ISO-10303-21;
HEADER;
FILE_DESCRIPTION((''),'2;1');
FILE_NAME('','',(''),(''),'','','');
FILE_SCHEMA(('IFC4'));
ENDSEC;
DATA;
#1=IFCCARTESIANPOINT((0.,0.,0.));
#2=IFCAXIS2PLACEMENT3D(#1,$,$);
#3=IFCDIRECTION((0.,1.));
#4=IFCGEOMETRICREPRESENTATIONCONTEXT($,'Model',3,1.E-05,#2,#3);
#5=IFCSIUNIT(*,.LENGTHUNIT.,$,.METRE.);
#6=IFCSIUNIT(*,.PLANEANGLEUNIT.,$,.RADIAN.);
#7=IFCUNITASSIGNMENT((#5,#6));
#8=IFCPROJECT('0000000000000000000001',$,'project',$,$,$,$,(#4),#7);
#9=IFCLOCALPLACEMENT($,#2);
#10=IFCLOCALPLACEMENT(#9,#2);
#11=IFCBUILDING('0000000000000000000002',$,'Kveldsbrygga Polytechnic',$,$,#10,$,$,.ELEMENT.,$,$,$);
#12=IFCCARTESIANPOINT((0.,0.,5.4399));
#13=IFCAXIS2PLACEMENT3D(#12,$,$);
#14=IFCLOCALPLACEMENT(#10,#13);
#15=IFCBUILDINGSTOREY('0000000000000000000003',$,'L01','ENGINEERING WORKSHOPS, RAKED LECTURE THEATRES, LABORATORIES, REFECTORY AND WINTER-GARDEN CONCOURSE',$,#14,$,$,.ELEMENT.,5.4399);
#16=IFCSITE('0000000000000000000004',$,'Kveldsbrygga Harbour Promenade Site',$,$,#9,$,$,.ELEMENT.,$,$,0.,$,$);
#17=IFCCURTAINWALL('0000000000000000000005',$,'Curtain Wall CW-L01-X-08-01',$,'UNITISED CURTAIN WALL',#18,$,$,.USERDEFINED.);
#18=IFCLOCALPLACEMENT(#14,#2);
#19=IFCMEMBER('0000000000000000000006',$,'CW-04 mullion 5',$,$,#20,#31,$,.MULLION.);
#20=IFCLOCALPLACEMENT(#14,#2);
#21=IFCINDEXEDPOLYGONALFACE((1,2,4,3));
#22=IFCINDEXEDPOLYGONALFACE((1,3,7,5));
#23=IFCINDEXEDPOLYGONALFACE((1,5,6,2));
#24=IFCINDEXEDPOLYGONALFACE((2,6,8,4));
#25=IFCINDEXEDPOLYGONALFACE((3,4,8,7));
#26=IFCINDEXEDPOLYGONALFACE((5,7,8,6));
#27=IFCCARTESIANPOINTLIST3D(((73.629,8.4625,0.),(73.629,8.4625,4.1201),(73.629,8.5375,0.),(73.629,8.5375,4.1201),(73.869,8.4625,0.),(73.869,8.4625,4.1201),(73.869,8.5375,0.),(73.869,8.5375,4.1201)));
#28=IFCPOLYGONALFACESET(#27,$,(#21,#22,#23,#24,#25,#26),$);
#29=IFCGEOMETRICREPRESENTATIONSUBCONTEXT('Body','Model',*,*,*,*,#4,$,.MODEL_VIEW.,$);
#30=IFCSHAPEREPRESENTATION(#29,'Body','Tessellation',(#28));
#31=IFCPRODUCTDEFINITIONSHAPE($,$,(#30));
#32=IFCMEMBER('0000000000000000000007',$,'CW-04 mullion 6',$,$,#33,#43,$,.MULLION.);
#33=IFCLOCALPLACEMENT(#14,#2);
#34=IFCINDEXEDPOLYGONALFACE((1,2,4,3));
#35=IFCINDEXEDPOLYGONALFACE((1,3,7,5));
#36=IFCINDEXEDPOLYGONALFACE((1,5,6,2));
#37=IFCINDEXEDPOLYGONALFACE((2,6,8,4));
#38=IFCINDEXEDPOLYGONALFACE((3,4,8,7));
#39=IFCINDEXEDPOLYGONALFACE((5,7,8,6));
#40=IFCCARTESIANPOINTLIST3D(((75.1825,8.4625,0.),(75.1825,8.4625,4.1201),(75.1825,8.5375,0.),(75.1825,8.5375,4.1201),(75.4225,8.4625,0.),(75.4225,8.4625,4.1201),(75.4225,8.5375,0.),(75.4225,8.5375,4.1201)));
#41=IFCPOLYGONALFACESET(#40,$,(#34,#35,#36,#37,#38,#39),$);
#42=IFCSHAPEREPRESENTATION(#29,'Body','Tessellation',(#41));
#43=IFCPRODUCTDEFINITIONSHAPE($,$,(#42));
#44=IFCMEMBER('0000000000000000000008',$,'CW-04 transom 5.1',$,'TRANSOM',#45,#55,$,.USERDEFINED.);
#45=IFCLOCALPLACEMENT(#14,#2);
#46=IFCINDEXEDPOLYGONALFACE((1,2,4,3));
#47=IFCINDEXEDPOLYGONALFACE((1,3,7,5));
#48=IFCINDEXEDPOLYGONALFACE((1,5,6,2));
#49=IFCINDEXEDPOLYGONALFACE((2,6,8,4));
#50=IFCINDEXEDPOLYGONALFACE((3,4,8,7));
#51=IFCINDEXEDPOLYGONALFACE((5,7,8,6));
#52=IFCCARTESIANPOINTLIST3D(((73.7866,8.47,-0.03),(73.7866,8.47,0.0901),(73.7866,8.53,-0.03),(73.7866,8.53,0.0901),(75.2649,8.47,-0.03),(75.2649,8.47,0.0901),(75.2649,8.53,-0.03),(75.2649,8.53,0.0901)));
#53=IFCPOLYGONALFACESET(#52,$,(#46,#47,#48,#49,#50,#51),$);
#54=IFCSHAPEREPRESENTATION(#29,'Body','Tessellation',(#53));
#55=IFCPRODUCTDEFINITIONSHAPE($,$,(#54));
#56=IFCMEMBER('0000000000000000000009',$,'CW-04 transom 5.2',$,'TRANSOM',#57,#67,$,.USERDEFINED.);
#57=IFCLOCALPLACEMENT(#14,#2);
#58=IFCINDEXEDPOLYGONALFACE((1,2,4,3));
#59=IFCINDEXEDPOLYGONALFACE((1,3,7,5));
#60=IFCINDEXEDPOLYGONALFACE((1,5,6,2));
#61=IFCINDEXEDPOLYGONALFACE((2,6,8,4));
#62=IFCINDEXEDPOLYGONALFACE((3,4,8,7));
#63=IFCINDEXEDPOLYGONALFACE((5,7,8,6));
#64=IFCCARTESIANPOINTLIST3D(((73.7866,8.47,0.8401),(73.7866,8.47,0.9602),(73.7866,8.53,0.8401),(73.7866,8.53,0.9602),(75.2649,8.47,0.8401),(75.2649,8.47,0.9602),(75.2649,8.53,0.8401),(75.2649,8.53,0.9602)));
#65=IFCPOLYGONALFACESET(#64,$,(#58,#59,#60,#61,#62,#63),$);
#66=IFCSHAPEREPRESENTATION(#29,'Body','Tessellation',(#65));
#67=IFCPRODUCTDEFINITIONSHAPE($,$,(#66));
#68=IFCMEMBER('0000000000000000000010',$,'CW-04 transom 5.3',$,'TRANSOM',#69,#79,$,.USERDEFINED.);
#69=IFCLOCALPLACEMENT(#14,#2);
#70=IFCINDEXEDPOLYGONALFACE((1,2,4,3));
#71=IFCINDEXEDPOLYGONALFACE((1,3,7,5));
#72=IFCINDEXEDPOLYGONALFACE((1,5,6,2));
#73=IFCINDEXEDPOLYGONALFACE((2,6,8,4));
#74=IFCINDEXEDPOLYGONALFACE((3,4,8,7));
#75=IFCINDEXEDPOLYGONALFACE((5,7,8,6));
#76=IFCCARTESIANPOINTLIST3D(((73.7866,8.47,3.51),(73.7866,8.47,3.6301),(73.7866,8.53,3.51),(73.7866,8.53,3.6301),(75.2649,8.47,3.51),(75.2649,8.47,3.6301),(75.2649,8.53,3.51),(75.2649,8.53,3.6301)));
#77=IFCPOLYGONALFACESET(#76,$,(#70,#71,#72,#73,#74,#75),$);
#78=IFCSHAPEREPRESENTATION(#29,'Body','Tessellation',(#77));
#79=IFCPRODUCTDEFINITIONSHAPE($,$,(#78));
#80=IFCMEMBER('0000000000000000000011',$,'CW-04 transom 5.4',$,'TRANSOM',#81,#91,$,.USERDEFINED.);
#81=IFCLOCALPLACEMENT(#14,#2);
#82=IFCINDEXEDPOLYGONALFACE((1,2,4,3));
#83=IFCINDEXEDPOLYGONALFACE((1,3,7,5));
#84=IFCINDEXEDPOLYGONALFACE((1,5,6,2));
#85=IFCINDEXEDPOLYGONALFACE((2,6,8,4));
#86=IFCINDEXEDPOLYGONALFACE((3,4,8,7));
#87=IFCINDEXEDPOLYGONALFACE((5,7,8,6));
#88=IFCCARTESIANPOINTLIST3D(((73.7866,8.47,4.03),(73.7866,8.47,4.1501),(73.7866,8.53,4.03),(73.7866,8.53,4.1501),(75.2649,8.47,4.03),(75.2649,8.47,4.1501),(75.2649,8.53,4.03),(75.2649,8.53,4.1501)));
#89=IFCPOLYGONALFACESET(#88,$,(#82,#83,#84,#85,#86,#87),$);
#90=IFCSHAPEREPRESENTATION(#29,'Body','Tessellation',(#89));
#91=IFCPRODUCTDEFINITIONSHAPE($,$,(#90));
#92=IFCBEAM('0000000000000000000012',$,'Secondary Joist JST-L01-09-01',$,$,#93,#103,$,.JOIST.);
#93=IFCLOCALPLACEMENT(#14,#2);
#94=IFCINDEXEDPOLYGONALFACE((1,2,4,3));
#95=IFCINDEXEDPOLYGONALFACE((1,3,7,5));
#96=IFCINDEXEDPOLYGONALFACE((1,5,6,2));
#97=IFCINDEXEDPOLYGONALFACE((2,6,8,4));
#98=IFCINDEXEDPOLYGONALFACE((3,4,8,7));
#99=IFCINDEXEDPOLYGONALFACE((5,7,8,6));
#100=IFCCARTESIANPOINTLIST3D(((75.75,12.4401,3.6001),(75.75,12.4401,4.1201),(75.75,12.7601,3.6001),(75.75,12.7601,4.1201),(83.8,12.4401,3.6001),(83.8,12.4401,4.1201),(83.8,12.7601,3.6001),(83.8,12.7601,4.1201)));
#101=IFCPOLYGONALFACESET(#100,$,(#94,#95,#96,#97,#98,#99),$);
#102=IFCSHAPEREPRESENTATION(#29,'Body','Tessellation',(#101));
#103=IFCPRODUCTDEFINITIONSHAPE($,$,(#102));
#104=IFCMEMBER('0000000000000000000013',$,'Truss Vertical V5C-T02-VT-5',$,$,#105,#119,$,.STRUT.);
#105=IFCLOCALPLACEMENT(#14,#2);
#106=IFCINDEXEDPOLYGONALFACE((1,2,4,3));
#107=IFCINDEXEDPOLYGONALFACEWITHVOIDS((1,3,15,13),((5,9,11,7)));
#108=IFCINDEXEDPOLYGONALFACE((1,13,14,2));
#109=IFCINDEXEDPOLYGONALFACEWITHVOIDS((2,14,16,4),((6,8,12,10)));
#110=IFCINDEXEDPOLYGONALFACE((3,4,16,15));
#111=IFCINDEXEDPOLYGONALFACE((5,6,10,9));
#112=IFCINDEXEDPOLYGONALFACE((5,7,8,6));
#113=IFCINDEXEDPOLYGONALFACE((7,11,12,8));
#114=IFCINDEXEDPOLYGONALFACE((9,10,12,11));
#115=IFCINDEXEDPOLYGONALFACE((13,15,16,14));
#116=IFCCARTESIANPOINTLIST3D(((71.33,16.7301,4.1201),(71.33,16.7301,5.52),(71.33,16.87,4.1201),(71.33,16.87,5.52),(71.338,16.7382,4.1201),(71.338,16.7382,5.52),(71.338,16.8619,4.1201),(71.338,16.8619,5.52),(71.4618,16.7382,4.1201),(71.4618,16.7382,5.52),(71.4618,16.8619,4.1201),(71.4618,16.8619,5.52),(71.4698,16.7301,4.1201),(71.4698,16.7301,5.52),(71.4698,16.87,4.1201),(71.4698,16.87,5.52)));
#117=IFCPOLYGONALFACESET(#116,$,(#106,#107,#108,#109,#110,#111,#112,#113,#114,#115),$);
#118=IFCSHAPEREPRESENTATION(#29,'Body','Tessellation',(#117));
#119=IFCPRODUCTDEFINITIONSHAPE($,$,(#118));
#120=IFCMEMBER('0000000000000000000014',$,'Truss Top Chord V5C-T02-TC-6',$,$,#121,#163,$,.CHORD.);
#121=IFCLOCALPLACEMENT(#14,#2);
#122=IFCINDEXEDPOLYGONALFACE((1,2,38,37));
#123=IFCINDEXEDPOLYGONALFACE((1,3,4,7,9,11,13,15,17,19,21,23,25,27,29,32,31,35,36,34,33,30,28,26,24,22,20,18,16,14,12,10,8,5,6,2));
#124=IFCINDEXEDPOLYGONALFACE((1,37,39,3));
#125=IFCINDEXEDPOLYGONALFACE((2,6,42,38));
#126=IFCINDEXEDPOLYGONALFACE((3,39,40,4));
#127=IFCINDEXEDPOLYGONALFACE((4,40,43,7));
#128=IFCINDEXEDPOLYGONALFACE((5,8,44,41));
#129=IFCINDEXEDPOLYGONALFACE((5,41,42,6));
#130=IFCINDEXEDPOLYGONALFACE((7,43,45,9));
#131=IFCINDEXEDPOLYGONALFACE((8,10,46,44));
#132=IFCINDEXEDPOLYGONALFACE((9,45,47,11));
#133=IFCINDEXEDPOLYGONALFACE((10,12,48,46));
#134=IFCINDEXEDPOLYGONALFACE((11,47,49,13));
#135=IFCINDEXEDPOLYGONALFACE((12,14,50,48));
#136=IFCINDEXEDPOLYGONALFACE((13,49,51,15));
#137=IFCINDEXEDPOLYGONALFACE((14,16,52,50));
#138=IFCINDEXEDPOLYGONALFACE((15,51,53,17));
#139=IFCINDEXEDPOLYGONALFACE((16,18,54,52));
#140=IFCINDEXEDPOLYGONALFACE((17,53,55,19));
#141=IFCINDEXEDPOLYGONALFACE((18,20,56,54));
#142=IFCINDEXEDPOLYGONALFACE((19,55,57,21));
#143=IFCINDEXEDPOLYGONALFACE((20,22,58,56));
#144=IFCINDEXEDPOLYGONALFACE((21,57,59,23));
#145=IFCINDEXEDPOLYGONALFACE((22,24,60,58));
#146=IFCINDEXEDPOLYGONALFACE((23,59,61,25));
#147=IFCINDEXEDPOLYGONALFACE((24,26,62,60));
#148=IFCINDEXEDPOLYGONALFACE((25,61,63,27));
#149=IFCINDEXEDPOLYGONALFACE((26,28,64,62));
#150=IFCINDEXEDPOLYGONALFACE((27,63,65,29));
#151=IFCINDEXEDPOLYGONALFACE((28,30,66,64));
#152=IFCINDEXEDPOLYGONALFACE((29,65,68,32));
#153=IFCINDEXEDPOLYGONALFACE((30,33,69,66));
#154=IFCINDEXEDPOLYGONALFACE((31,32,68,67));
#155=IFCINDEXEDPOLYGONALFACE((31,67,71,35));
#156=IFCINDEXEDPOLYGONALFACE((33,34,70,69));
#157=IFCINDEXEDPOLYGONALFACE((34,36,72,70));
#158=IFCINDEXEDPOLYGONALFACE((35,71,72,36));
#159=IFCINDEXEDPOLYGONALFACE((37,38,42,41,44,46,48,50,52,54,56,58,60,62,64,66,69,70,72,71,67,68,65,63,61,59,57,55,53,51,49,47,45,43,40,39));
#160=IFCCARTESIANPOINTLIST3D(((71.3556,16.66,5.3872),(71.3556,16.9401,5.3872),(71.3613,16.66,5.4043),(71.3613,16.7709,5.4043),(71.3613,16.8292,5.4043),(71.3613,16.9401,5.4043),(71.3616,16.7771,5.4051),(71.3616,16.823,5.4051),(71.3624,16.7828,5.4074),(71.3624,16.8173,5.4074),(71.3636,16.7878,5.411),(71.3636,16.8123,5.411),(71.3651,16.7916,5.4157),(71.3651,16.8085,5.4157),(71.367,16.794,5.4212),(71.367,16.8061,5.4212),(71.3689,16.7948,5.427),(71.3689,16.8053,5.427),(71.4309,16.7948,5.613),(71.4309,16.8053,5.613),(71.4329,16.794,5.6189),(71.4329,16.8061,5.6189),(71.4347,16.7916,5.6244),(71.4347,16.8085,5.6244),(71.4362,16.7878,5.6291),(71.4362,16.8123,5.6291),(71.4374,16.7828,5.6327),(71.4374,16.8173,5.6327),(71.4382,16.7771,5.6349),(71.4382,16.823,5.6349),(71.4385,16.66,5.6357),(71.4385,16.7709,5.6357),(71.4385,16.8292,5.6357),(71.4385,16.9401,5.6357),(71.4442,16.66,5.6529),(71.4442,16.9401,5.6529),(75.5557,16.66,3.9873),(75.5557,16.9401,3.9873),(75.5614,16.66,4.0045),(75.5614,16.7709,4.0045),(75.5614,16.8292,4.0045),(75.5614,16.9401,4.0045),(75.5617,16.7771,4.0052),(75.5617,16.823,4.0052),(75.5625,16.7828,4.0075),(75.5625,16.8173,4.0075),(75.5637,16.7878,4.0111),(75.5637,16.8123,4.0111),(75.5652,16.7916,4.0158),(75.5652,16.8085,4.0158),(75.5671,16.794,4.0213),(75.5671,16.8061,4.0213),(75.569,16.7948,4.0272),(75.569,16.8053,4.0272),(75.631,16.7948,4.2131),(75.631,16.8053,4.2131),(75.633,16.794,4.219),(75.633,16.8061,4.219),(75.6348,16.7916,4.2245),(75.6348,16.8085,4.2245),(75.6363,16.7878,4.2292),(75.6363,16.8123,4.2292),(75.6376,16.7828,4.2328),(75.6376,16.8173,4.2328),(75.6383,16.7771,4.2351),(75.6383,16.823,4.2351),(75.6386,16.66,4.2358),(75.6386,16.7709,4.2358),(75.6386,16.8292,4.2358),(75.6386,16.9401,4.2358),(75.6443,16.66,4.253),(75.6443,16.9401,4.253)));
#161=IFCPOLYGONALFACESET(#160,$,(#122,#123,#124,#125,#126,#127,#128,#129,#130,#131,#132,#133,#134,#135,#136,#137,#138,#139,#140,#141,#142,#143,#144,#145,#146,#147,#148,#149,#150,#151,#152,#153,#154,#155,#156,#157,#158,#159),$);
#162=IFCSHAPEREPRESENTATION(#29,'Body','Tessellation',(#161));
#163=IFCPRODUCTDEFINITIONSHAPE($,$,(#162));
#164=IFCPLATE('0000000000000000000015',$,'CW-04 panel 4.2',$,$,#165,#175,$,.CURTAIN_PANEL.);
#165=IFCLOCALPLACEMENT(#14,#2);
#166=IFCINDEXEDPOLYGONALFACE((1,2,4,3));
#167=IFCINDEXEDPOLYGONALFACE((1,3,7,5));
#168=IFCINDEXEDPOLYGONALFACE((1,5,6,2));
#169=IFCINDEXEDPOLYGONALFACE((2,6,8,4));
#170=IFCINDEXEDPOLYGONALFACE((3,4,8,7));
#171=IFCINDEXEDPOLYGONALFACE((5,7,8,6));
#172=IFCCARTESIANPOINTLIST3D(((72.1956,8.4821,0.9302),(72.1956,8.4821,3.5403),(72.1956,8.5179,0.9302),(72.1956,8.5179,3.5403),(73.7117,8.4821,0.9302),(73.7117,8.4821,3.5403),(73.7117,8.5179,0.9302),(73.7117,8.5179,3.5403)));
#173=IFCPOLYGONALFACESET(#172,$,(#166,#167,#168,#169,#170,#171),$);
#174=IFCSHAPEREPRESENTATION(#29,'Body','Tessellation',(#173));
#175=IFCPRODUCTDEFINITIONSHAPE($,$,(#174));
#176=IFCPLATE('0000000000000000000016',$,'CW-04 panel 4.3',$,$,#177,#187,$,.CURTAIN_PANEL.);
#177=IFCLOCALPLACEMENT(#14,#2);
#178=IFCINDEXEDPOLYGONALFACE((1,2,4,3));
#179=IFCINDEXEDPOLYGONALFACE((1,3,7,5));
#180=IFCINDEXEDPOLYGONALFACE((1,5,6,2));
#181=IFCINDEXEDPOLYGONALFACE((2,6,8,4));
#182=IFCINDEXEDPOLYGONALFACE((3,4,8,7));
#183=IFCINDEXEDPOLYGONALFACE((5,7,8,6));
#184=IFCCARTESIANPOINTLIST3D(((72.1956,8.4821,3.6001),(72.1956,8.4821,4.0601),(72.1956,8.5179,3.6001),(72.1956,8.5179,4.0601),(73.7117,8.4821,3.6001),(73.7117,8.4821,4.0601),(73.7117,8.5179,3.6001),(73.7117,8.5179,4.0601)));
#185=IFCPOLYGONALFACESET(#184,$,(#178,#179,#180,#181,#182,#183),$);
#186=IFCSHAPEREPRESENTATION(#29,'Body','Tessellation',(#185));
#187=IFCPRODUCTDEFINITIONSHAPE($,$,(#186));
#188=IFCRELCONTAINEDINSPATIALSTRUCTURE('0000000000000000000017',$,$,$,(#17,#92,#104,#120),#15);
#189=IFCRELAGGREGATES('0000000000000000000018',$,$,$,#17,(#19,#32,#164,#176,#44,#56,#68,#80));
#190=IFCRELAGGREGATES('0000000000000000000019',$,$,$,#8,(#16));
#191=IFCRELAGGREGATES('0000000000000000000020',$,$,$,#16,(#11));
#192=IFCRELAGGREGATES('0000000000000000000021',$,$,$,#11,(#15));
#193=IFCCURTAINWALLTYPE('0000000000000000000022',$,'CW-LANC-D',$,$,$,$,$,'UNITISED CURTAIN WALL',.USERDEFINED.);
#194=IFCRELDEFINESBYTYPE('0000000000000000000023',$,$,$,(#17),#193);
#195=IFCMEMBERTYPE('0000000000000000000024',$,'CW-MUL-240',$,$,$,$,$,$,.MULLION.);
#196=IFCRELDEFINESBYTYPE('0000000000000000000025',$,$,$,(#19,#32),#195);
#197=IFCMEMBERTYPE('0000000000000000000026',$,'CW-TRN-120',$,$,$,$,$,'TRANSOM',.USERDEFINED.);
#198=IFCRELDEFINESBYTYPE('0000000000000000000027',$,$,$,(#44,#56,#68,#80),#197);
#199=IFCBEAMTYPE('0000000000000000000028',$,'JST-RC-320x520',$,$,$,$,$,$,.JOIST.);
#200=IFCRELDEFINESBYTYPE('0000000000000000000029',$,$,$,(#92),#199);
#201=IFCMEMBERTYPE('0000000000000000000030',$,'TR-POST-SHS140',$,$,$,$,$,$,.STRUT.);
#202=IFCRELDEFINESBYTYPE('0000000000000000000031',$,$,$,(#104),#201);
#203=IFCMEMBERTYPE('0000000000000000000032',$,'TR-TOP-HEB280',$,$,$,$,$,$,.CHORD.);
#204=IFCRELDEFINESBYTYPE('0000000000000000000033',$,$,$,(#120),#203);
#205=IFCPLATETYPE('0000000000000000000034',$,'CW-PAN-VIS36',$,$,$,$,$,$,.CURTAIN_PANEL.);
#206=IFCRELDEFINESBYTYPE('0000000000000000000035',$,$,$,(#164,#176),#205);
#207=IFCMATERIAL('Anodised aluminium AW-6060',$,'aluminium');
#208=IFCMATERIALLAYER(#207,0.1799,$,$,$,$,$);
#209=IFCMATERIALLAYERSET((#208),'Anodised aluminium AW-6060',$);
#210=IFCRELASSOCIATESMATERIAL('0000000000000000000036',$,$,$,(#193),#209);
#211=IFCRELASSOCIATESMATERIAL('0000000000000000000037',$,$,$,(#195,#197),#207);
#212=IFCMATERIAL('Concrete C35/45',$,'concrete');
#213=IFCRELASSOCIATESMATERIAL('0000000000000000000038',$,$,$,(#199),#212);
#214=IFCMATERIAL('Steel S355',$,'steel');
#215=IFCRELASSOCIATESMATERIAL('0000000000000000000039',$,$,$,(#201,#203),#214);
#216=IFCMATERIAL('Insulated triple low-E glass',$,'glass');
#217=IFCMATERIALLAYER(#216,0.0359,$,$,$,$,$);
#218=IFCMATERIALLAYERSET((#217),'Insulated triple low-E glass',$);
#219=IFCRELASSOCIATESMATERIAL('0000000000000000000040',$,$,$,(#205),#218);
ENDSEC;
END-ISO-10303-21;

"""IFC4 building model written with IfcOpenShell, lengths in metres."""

from ifc_helpers import new_model, si_unit, direction, frame, origin, origin_2d, place, context, subcontext, project, spatial, rectangle, hollow_rectangle, i_section, extrude, material, layer, layer_set, material_profile, profile_set, type_object, element, aggregate, save


model = new_model("IFC4")

# Units and contexts
model_context = context("Model", 3, precision=1e-05, world=origin(), true_north=direction((0.0, 1.0)))
body_context = subcontext(model_context, "Body", "Model", "MODEL_VIEW")
ifc_project = project(units=[si_unit("LENGTHUNIT", "METRE"), si_unit("PLANEANGLEUNIT", "RADIAN")], contexts=[model_context])

# Site, building, storey
site_placement = place(None, origin())
site = spatial("IfcSite", under=ifc_project, at=site_placement, Name="Kveldsbrygga Harbour Promenade Site", CompositionType="ELEMENT", RefElevation=0.0)
building_placement = place(site_placement, origin())
building = spatial("IfcBuilding", under=site, at=building_placement, Name="Kveldsbrygga Polytechnic", CompositionType="ELEMENT")
storey_placement = place(building_placement, frame((0.0, 0.0, 5.4399)))
storey = spatial("IfcBuildingStorey", under=building, at=storey_placement, Name="L01", Description="ENGINEERING WORKSHOPS, RAKED LECTURE THEATRES, LABORATORIES, REFECTORY AND WINTER-GARDEN CONCOURSE", CompositionType="ELEMENT", Elevation=5.4399)

# Curtain wall, members
ifc_material_1 = material(Name="Anodised aluminium AW-6060", Category="aluminium")
ifc_layer_1 = layer(ifc_material_1, 0.1799)
ifc_layer_set_1 = layer_set([ifc_layer_1], Name="Anodised aluminium AW-6060")
curtain_wall_type = type_object("IfcCurtainWallType", Name="CW-LANC-D", ElementType="UNITISED CURTAIN WALL", PredefinedType="USERDEFINED", material=ifc_layer_set_1)
curtain_wall_placement = place(storey_placement, origin())
curtain_wall = element("IfcCurtainWall", 1, at=curtain_wall_placement, inside=storey, type_object=curtain_wall_type, Name="Curtain Wall CW-L01-X-08-01", ObjectType="UNITISED CURTAIN WALL", PredefinedType="USERDEFINED")
ifc_material_profile_1 = material_profile(ifc_material_1, rectangle(XDim=0.075, YDim=0.24, at=origin_2d()), Name="ALU 75x240")
ifc_profile_set_1 = profile_set([ifc_material_profile_1], Name="Anodised aluminium AW-6060")
member_type_1 = type_object("IfcMemberType", Name="CW-MUL-240", PredefinedType="MULLION", material=ifc_profile_set_1)
member_1_placement = place(storey_placement, frame((73.749, 8.5, 0.0), z_axis=(0.0, 0.0, 1.0), x_axis=(0.0, 1.0, 0.0)))
member_1 = element("IfcMember", 2, at=member_1_placement, type_object=member_type_1, Name="CW-04 mullion 5", PredefinedType="MULLION", context=body_context, shape_type="SweptSolid", body=[
    extrude(rectangle(XDim=0.075, YDim=0.24, at=origin_2d()), origin(), (0.0, 0.0, 1.0), 4.1201),
])
member_2_placement = place(storey_placement, frame((75.3025, 8.5, 0.0), z_axis=(0.0, 0.0, 1.0), x_axis=(0.0, 1.0, 0.0)))
member_2 = element("IfcMember", 3, at=member_2_placement, type_object=member_type_1, Name="CW-04 mullion 6", PredefinedType="MULLION", context=body_context, shape_type="SweptSolid", body=[
    extrude(rectangle(XDim=0.075, YDim=0.24, at=origin_2d()), origin(), (0.0, 0.0, 1.0), 4.1201),
])
ifc_material_profile_2 = material_profile(ifc_material_1, rectangle(XDim=0.0601, YDim=0.1201, at=origin_2d()), Name="ALU 60x120")
ifc_profile_set_2 = profile_set([ifc_material_profile_2], Name="Anodised aluminium AW-6060")
member_type_2 = type_object("IfcMemberType", Name="CW-TRN-120", ElementType="TRANSOM", PredefinedType="USERDEFINED", material=ifc_profile_set_2)
member_3_placement = place(storey_placement, frame((73.7866, 8.5, 0.03), z_axis=(1.0, 0.0, 0.0), x_axis=(0.0, 1.0, 0.0)))
member_3 = element("IfcMember", 4, at=member_3_placement, type_object=member_type_2, Name="CW-04 transom 5.1", ObjectType="TRANSOM", PredefinedType="USERDEFINED", context=body_context, shape_type="SweptSolid", body=[
    extrude(rectangle(XDim=0.0601, YDim=0.1201, at=origin_2d()), origin(), (0.0, 0.0, 1.0), 1.4783),
])
member_4_placement = place(storey_placement, frame((73.7866, 8.5, 0.9001), z_axis=(1.0, 0.0, 0.0), x_axis=(0.0, 1.0, 0.0)))
member_4 = element("IfcMember", 5, at=member_4_placement, type_object=member_type_2, Name="CW-04 transom 5.2", ObjectType="TRANSOM", PredefinedType="USERDEFINED", context=body_context, shape_type="SweptSolid", body=[
    extrude(rectangle(XDim=0.0601, YDim=0.1201, at=origin_2d()), origin(), (0.0, 0.0, 1.0), 1.4783),
])
member_5_placement = place(storey_placement, frame((73.7866, 8.5, 3.5701), z_axis=(1.0, 0.0, 0.0), x_axis=(0.0, 1.0, 0.0)))
member_5 = element("IfcMember", 6, at=member_5_placement, type_object=member_type_2, Name="CW-04 transom 5.3", ObjectType="TRANSOM", PredefinedType="USERDEFINED", context=body_context, shape_type="SweptSolid", body=[
    extrude(rectangle(XDim=0.0601, YDim=0.1201, at=origin_2d()), origin(), (0.0, 0.0, 1.0), 1.4783),
])
member_6_placement = place(storey_placement, frame((73.7866, 8.5, 4.0901), z_axis=(1.0, 0.0, 0.0), x_axis=(0.0, 1.0, 0.0)))
member_6 = element("IfcMember", 7, at=member_6_placement, type_object=member_type_2, Name="CW-04 transom 5.4", ObjectType="TRANSOM", PredefinedType="USERDEFINED", context=body_context, shape_type="SweptSolid", body=[
    extrude(rectangle(XDim=0.0601, YDim=0.1201, at=origin_2d()), origin(), (0.0, 0.0, 1.0), 1.4783),
])

# Beam
ifc_material_2 = material(Name="Concrete C35/45", Category="concrete")
ifc_material_profile_3 = material_profile(ifc_material_2, rectangle(XDim=0.3201, YDim=0.52, at=origin_2d()), Name="RC 320x520")
ifc_profile_set_3 = profile_set([ifc_material_profile_3], Name="Concrete C35/45")
beam_type = type_object("IfcBeamType", Name="JST-RC-320x520", PredefinedType="JOIST", material=ifc_profile_set_3)
beam_placement = place(storey_placement, frame((75.75, 12.6001, 3.8601), z_axis=(1.0, 0.0, 0.0), x_axis=(0.0, 1.0, 0.0)))
element("IfcBeam", 8, at=beam_placement, inside=storey, type_object=beam_type, Name="Secondary Joist JST-L01-09-01", PredefinedType="JOIST", context=body_context, shape_type="SweptSolid", body=[
    extrude(rectangle(XDim=0.3201, YDim=0.52, at=origin_2d()), origin(), (0.0, 0.0, 1.0), 8.05),
])

# Members
ifc_material_3 = material(Name="Steel S355", Category="steel")
ifc_material_profile_4 = material_profile(ifc_material_3, hollow_rectangle(XDim=0.1399, YDim=0.1399, WallThickness=0.0081, at=origin_2d()), Name="SHS 140x140x8.0")
ifc_profile_set_4 = profile_set([ifc_material_profile_4], Name="Steel S355")
member_type_3 = type_object("IfcMemberType", Name="TR-POST-SHS140", PredefinedType="STRUT", material=ifc_profile_set_4)
member_7_placement = place(storey_placement, frame((71.3999, 16.8, 4.1201), z_axis=(0.0, 0.0, 1.0), x_axis=(1.0, 0.0, 0.0)))
element("IfcMember", 9, at=member_7_placement, inside=storey, type_object=member_type_3, Name="Truss Vertical V5C-T02-VT-5", PredefinedType="STRUT", context=body_context, shape_type="SweptSolid", body=[
    extrude(hollow_rectangle(XDim=0.1399, YDim=0.1399, WallThickness=0.0081, at=origin_2d()), origin(), (0.0, 0.0, 1.0), 1.3999),
])
ifc_material_profile_5 = material_profile(ifc_material_3, i_section(OverallWidth=0.28, OverallDepth=0.28, WebThickness=0.0105, FlangeThickness=0.0181, FilletRadius=0.0239, at=origin_2d()), Name="HEB 280")
ifc_profile_set_5 = profile_set([ifc_material_profile_5], Name="Steel S355")
member_type_4 = type_object("IfcMemberType", Name="TR-TOP-HEB280", PredefinedType="CHORD", material=ifc_profile_set_5)
member_8_placement = place(storey_placement, frame((71.3999, 16.8, 5.52), z_axis=(0.948694, 0.0, -0.316195), x_axis=(0.0, 1.0, 0.0)))
element("IfcMember", 10, at=member_8_placement, inside=storey, type_object=member_type_4, Name="Truss Top Chord V5C-T02-TC-6", PredefinedType="CHORD", context=body_context, shape_type="SweptSolid", body=[
    extrude(i_section(OverallWidth=0.28, OverallDepth=0.28, WebThickness=0.0105, FlangeThickness=0.0181, FilletRadius=0.0239, at=origin_2d()), origin(), (0.0, 0.0, 1.0), 4.4272),
])

# Plates
ifc_material_4 = material(Name="Insulated triple low-E glass", Category="glass")
ifc_layer_2 = layer(ifc_material_4, 0.0359)
ifc_layer_set_2 = layer_set([ifc_layer_2], Name="Insulated triple low-E glass")
plate_type_1 = type_object("IfcPlateType", Name="CW-PAN-VIS36", PredefinedType="CURTAIN_PANEL", material=ifc_layer_set_2)
plate_1_placement = place(storey_placement, frame((72.9536, 8.5, 0.9302), z_axis=(0.0, 0.0, 1.0), x_axis=(1.0, 0.0, 0.0)))
plate_1 = element("IfcPlate", 11, at=plate_1_placement, type_object=plate_type_1, Name="CW-04 panel 4.2", PredefinedType="CURTAIN_PANEL", context=body_context, shape_type="SweptSolid", body=[
    extrude(rectangle(XDim=1.5161, YDim=0.0359, at=origin_2d()), origin(), (0.0, 0.0, 1.0), 2.6101),
])
plate_2_placement = place(storey_placement, frame((72.9536, 8.5, 3.6001), z_axis=(0.0, 0.0, 1.0), x_axis=(1.0, 0.0, 0.0)))
plate_2 = element("IfcPlate", 12, at=plate_2_placement, type_object=plate_type_1, Name="CW-04 panel 4.3", PredefinedType="CURTAIN_PANEL", context=body_context, shape_type="SweptSolid", body=[
    extrude(rectangle(XDim=1.5161, YDim=0.0359, at=origin_2d()), origin(), (0.0, 0.0, 1.0), 0.46),
])
aggregate(curtain_wall, [member_1, member_2, plate_1, plate_2, member_3, member_4, member_5, member_6])

save(model, "model.ifc")
